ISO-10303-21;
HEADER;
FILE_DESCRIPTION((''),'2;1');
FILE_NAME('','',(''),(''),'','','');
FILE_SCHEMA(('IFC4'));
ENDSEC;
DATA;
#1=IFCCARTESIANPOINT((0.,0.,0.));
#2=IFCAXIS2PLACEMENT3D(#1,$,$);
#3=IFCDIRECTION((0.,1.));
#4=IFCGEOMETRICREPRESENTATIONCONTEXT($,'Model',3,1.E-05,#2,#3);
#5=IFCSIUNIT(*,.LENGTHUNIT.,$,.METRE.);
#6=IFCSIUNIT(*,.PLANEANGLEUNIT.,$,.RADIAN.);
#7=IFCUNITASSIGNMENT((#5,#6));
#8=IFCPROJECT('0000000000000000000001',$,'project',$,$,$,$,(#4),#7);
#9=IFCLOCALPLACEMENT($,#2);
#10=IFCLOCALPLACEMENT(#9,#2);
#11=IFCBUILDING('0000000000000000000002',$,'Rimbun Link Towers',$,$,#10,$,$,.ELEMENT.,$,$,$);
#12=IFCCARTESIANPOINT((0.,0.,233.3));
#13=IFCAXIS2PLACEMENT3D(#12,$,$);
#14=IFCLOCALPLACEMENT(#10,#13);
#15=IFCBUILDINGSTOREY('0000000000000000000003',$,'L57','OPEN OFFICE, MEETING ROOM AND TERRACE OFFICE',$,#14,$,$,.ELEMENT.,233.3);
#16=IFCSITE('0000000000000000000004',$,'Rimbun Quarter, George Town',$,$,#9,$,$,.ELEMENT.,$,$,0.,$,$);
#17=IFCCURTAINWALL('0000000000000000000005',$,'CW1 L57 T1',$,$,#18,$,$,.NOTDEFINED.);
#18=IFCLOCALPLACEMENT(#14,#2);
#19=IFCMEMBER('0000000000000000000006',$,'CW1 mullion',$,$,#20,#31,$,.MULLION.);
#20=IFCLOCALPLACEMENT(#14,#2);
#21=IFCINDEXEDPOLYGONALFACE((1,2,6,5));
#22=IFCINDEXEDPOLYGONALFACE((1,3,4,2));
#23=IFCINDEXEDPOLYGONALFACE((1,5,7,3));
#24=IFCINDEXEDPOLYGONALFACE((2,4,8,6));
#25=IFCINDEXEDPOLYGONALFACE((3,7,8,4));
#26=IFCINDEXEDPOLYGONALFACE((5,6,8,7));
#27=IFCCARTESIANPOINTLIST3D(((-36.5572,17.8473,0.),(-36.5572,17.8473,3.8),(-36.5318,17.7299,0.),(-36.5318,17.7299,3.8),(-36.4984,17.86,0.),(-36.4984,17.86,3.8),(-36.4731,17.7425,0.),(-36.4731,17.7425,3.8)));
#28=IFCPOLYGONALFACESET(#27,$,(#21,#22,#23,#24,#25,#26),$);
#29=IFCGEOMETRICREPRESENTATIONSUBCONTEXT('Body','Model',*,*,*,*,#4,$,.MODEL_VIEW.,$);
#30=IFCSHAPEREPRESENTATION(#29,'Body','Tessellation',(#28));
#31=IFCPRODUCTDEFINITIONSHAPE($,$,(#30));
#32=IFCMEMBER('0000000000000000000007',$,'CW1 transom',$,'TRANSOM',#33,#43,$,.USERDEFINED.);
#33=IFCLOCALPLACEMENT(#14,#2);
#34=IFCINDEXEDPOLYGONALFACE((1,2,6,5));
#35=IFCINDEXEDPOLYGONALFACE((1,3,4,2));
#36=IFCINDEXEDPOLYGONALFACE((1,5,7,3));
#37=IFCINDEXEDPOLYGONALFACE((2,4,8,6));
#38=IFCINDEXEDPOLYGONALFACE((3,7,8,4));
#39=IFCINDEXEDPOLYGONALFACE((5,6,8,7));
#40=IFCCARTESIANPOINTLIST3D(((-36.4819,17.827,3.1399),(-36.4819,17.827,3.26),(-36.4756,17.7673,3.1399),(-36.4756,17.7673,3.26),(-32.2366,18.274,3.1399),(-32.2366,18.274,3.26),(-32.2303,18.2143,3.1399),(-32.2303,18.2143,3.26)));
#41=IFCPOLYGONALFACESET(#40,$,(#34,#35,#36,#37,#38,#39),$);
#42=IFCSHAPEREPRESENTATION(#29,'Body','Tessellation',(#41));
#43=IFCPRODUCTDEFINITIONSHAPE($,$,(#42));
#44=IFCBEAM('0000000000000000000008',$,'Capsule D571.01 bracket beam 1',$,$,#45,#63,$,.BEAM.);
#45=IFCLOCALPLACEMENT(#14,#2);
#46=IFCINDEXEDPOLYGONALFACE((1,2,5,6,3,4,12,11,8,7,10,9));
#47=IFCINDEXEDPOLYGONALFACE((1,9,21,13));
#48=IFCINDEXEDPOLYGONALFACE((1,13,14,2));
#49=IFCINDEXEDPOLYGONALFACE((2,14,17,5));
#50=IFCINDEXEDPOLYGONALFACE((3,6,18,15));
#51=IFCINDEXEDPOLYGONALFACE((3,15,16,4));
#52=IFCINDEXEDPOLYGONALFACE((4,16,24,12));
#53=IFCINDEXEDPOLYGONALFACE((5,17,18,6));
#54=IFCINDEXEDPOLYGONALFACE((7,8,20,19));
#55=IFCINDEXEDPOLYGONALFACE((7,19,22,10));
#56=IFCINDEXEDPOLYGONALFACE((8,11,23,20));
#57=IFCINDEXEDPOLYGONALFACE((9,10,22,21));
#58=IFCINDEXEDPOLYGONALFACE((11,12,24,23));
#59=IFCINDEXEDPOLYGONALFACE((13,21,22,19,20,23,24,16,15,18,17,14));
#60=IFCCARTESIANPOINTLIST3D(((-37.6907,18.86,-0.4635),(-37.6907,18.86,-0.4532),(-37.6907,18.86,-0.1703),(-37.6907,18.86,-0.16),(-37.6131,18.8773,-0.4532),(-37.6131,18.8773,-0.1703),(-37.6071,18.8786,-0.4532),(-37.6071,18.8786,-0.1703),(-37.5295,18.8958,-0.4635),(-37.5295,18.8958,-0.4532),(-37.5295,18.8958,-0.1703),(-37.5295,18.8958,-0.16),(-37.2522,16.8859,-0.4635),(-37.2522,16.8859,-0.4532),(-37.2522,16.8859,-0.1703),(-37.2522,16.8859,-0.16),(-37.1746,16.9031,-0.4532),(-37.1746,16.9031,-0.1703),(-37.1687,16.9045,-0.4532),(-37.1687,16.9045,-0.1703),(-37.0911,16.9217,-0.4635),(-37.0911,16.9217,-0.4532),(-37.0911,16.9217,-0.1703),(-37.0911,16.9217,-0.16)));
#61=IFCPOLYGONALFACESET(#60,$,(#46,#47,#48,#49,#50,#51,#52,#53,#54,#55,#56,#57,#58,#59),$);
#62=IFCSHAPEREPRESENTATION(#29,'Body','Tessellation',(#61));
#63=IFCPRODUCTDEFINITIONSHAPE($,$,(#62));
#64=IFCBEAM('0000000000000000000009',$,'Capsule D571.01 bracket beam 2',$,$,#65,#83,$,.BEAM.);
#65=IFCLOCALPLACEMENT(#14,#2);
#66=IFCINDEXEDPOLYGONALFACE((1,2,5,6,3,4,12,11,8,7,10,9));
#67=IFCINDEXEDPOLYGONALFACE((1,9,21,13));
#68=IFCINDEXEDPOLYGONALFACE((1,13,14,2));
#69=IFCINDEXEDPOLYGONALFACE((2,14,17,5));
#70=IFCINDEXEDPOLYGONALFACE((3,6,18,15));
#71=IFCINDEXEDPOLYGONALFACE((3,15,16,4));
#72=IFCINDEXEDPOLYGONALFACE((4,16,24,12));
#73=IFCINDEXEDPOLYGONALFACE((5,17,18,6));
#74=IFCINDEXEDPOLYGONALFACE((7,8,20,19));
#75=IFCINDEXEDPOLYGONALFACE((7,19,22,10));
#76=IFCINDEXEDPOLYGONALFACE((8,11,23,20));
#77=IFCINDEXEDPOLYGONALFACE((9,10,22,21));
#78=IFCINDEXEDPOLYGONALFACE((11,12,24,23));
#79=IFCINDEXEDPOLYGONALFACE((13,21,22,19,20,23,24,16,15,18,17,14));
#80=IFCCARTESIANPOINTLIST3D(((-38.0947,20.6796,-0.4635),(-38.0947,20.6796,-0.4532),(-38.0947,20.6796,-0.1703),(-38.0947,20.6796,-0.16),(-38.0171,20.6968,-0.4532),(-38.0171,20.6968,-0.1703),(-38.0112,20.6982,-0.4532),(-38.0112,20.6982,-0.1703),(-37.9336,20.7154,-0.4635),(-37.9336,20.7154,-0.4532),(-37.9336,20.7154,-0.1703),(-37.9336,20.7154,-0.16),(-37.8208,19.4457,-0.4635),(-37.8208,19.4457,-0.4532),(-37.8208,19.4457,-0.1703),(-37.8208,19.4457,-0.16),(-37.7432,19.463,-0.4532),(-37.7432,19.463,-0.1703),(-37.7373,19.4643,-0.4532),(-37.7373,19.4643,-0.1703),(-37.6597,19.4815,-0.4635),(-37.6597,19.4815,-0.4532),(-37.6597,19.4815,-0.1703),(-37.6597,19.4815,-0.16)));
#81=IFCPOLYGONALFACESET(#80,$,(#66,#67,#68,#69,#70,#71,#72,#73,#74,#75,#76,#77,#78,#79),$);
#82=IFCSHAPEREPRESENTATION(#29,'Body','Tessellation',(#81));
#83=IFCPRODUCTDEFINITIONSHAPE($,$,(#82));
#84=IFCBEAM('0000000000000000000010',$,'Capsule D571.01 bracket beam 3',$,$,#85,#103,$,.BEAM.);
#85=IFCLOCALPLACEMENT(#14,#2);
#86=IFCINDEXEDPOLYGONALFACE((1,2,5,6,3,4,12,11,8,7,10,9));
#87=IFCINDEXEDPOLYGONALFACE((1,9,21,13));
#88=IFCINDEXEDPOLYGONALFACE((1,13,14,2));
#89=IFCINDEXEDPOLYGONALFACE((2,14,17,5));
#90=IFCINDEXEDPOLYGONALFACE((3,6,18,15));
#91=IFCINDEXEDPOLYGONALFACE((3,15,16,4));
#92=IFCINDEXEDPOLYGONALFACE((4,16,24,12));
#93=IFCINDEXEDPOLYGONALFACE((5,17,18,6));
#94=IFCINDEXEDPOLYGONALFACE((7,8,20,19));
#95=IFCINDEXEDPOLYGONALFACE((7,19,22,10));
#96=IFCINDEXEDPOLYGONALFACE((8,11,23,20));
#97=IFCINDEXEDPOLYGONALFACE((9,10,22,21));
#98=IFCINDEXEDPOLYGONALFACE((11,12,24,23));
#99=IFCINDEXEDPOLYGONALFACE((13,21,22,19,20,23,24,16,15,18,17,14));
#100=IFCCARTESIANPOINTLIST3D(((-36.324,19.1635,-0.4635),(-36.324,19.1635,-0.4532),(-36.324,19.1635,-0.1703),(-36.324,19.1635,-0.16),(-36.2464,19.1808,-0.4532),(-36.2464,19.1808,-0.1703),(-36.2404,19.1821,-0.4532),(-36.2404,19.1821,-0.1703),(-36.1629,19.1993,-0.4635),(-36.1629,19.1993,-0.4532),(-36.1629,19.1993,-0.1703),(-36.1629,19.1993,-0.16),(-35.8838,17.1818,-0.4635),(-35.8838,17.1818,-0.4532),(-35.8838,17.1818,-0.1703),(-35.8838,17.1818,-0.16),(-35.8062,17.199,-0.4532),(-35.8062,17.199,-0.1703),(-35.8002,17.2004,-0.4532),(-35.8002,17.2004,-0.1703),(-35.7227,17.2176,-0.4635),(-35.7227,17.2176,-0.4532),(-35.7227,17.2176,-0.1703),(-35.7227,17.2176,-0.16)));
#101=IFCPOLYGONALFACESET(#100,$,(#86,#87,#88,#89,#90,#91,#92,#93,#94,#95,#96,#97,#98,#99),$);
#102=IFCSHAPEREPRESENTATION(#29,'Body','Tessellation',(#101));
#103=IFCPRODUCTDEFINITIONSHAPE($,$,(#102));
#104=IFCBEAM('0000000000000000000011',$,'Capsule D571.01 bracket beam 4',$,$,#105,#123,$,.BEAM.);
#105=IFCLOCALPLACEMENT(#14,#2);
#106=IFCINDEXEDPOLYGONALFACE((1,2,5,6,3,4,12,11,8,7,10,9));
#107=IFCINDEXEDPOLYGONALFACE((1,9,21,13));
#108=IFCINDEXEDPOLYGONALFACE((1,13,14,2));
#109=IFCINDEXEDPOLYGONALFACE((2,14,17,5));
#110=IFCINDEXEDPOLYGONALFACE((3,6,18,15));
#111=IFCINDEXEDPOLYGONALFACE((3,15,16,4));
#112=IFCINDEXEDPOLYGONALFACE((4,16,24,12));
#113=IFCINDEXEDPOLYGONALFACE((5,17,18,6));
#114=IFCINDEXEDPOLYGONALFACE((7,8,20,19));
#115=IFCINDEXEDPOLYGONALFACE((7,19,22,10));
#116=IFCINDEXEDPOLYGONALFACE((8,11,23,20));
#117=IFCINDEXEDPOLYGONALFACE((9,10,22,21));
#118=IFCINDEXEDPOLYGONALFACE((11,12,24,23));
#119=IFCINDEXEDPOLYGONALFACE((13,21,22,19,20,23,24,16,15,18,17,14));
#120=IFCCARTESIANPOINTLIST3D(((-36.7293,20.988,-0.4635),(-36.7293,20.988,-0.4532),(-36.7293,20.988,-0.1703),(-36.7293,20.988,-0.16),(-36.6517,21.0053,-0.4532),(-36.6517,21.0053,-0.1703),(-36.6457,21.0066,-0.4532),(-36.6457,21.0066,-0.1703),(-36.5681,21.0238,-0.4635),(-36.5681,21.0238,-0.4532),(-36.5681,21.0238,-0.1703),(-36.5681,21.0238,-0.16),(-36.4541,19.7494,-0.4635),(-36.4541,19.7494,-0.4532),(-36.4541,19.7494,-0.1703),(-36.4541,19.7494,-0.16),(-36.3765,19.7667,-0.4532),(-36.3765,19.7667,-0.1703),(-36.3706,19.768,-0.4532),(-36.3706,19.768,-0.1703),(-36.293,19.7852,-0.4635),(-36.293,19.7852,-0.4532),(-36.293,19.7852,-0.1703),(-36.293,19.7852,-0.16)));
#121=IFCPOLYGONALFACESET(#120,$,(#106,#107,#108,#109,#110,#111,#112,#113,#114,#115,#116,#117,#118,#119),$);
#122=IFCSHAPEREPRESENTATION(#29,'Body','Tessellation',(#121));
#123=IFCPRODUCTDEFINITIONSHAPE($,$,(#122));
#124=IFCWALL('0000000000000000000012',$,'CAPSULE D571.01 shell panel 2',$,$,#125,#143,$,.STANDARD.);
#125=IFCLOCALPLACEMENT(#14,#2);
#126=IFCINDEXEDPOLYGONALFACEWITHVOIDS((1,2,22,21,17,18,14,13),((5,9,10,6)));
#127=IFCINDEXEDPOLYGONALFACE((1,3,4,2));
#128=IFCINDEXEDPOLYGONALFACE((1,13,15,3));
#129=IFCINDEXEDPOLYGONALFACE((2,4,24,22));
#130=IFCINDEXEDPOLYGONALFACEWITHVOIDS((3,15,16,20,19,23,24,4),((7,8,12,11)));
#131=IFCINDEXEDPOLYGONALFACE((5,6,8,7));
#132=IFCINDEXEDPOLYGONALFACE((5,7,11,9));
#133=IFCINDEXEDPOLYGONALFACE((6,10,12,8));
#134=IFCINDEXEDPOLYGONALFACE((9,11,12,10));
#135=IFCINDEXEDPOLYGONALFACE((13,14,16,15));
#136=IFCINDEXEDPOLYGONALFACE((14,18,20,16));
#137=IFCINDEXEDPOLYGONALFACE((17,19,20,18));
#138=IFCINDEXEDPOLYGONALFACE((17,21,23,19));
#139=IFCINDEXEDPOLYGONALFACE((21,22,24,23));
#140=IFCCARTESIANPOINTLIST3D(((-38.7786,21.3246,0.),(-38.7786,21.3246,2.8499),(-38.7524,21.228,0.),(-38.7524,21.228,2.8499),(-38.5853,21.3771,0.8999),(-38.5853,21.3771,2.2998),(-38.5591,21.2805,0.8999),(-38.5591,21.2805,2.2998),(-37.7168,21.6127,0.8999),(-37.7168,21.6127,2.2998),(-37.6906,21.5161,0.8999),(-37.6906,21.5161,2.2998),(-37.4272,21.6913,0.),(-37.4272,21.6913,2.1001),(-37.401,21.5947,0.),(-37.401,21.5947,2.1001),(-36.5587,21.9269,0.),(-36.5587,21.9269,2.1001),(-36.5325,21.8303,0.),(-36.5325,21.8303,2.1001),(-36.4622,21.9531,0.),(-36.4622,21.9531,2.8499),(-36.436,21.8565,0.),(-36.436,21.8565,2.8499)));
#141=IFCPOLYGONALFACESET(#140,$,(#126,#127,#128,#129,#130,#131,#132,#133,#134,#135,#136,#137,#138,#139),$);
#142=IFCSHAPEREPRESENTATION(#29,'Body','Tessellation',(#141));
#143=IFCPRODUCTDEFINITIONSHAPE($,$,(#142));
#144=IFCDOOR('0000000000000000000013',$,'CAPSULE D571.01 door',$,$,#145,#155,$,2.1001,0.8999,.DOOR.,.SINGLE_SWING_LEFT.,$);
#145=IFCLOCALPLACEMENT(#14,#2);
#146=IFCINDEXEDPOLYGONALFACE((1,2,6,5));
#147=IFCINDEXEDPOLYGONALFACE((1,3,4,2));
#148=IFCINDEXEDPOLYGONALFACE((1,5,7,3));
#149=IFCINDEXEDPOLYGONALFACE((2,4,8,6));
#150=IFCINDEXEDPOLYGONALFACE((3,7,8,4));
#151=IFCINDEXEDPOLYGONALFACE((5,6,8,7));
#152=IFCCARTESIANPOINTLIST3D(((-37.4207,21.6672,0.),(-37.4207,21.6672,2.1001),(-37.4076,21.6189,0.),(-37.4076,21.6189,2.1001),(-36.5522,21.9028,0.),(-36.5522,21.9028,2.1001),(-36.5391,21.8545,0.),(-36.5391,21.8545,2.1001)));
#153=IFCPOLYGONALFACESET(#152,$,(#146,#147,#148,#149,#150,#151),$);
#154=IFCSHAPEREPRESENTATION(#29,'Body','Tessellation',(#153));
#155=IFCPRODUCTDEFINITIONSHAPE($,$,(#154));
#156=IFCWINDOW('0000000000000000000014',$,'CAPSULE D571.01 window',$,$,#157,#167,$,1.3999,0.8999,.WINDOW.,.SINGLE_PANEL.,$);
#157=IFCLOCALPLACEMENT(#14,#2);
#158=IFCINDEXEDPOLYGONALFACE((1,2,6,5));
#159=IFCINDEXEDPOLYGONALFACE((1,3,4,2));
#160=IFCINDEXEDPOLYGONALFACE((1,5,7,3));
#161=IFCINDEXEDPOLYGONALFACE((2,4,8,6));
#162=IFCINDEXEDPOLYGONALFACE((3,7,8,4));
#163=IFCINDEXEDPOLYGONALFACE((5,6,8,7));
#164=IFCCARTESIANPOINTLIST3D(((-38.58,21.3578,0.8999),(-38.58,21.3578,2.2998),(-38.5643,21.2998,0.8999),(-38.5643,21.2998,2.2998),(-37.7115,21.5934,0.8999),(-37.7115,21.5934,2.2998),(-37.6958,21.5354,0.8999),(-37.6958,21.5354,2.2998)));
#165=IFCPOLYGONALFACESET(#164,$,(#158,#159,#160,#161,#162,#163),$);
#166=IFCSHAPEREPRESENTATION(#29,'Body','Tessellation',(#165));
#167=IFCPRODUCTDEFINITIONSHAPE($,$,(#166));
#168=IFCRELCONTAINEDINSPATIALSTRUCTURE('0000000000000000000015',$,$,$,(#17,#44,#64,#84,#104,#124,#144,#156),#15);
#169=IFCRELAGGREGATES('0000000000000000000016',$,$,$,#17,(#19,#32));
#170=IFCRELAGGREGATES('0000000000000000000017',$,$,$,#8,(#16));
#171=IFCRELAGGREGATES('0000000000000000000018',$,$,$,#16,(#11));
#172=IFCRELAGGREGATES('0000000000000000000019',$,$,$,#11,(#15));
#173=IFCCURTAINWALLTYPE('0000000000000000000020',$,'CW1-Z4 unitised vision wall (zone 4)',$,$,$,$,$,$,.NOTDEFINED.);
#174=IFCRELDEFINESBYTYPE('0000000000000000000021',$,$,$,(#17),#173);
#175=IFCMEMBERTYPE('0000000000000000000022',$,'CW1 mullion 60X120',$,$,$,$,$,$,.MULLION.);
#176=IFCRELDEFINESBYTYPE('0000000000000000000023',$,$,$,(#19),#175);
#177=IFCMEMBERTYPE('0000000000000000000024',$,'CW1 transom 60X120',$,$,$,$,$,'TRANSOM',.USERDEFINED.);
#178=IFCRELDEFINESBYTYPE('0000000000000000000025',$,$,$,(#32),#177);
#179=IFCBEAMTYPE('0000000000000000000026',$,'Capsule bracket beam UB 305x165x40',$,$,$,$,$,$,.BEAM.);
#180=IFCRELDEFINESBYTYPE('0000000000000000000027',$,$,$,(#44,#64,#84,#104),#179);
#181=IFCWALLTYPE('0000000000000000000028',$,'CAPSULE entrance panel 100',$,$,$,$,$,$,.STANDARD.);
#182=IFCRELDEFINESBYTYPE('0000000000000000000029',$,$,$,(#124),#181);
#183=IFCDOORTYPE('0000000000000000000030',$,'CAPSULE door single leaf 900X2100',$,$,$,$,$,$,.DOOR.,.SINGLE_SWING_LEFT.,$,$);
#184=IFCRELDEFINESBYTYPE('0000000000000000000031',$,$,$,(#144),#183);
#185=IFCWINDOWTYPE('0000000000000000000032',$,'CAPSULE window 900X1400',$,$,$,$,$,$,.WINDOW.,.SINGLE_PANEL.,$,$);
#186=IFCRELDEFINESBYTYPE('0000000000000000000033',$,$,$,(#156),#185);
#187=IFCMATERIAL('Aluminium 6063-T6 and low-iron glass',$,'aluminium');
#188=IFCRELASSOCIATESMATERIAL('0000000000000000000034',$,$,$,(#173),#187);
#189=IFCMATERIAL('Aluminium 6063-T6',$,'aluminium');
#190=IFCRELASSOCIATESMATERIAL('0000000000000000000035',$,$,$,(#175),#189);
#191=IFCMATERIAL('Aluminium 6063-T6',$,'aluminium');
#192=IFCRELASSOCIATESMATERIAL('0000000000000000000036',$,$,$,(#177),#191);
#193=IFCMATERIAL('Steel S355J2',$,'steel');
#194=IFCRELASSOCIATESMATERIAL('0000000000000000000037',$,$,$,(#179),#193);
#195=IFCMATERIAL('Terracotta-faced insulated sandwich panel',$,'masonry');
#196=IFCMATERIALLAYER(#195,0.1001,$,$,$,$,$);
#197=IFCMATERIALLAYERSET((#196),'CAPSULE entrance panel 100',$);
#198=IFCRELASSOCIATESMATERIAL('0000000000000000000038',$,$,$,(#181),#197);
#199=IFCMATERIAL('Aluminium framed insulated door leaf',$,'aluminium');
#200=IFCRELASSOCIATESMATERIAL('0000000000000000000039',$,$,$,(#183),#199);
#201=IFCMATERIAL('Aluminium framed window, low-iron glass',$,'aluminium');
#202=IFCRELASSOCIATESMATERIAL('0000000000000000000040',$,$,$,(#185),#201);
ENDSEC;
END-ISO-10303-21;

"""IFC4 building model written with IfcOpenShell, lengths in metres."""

from ifc_helpers import new_model, si_unit, direction, frame, frame_2d, origin, origin_2d, place, context, subcontext, project, spatial, rectangle, i_section, extrude, material, layer, layer_set, material_profile, profile_set, type_object, element, fill, aggregate, save


model = new_model("IFC4")

# Units and contexts
model_context = context("Model", 3, precision=1e-05, world=origin(), true_north=direction((0.0, 1.0)))
body_context = subcontext(model_context, "Body", "Model", "MODEL_VIEW")
ifc_project = project(units=[si_unit("LENGTHUNIT", "METRE"), si_unit("PLANEANGLEUNIT", "RADIAN")], contexts=[model_context])

# Site, building, storey
site_placement = place(None, origin())
site = spatial("IfcSite", under=ifc_project, at=site_placement, Name="Rimbun Quarter, George Town", CompositionType="ELEMENT", RefElevation=0.0)
building_placement = place(site_placement, origin())
building = spatial("IfcBuilding", under=site, at=building_placement, Name="Rimbun Link Towers", CompositionType="ELEMENT")
storey_placement = place(building_placement, frame((0.0, 0.0, 233.3)))
storey = spatial("IfcBuildingStorey", under=building, at=storey_placement, Name="L57", Description="OPEN OFFICE, MEETING ROOM AND TERRACE OFFICE", CompositionType="ELEMENT", Elevation=233.3)

# Curtain wall, members
ifc_material_1 = material(Name="Aluminium 6063-T6 and low-iron glass", Category="aluminium")
curtain_wall_type = type_object("IfcCurtainWallType", Name="CW1-Z4 unitised vision wall (zone 4)", PredefinedType="NOTDEFINED", material=ifc_material_1)
curtain_wall_placement = place(storey_placement, origin())
curtain_wall = element("IfcCurtainWall", 1, at=curtain_wall_placement, inside=storey, type_object=curtain_wall_type, Name="CW1 L57 T1", PredefinedType="NOTDEFINED")
ifc_material_2 = material(Name="Aluminium 6063-T6", Category="aluminium")
ifc_material_profile_1 = material_profile(ifc_material_2, rectangle(XDim=0.1201, YDim=0.0601, at=origin_2d()), Name="MULLION 60X120")
ifc_profile_set_1 = profile_set([ifc_material_profile_1], Name="Aluminium 6063-T6")
member_type_1 = type_object("IfcMemberType", Name="CW1 mullion 60X120", PredefinedType="MULLION", material=ifc_profile_set_1)
member_1_placement = place(storey_placement, frame((-36.5151, 17.7949, 0.0), z_axis=(0.0, 0.0, 1.0), x_axis=(-0.210871, 0.977514, 0.0)))
member_1 = element("IfcMember", 2, at=member_1_placement, type_object=member_type_1, Name="CW1 mullion", PredefinedType="MULLION", context=body_context, shape_type="SweptSolid", body=[
    extrude(rectangle(XDim=0.1201, YDim=0.0601, at=origin_2d()), origin(), (0.0, 0.0, 1.0), 3.8),
])
ifc_material_3 = material(Name="Aluminium 6063-T6", Category="aluminium")
ifc_material_profile_2 = material_profile(ifc_material_3, rectangle(XDim=0.0601, YDim=0.1201, at=origin_2d()), Name="TRANSOM 60X120")
ifc_profile_set_2 = profile_set([ifc_material_profile_2], Name="Aluminium 6063-T6")
member_type_2 = type_object("IfcMemberType", Name="CW1 transom 60X120", ElementType="TRANSOM", PredefinedType="USERDEFINED", material=ifc_profile_set_2)
member_2_placement = place(storey_placement, frame((-36.4788, 17.7971, 3.2), z_axis=(0.994502, 0.104718, 0.0), x_axis=(-0.104718, 0.994502, 0.0)))
member_2 = element("IfcMember", 3, at=member_2_placement, type_object=member_type_2, Name="CW1 transom", ObjectType="TRANSOM", PredefinedType="USERDEFINED", context=body_context, shape_type="SweptSolid", body=[
    extrude(rectangle(XDim=0.0601, YDim=0.1201, at=origin_2d()), origin(), (0.0, 0.0, 1.0), 4.2688),
])
aggregate(curtain_wall, [member_1, member_2])

# Beams
ifc_material_4 = material(Name="Steel S355J2", Category="steel")
ifc_material_profile_3 = material_profile(ifc_material_4, i_section(OverallWidth=0.165, OverallDepth=0.3035, WebThickness=0.0061, FlangeThickness=0.0103, at=origin_2d()), Name="UB 305x165x40")
ifc_profile_set_3 = profile_set([ifc_material_profile_3], Name="Steel S355J2")
beam_type = type_object("IfcBeamType", Name="Capsule bracket beam UB 305x165x40", PredefinedType="BEAM", material=ifc_profile_set_3)
beam_1_placement = place(storey_placement, frame((-37.1716, 16.9038, -0.3118), z_axis=(-0.216828, 0.97621, 0.0), x_axis=(-0.97621, -0.216828, 0.0)))
element("IfcBeam", 4, at=beam_1_placement, inside=storey, type_object=beam_type, Name="Capsule D571.01 bracket beam 1", PredefinedType="BEAM", context=body_context, shape_type="SweptSolid", body=[
    extrude(i_section(OverallWidth=0.165, OverallDepth=0.3035, WebThickness=0.0061, FlangeThickness=0.0103, at=origin_2d()), origin(), (0.0, 0.0, 1.0), 2.0222),
])
beam_2_placement = place(storey_placement, frame((-37.7402, 19.4636, -0.3118), z_axis=(-0.216726, 0.976232, 0.0), x_axis=(-0.976232, -0.216726, 0.0)))
element("IfcBeam", 5, at=beam_2_placement, inside=storey, type_object=beam_type, Name="Capsule D571.01 bracket beam 2", PredefinedType="BEAM", context=body_context, shape_type="SweptSolid", body=[
    extrude(i_section(OverallWidth=0.165, OverallDepth=0.3035, WebThickness=0.0061, FlangeThickness=0.0103, at=origin_2d()), origin(), (0.0, 0.0, 1.0), 1.2639),
])
beam_3_placement = place(storey_placement, frame((-35.8032, 17.1997, -0.3118), z_axis=(-0.216841, 0.976207, 0.0), x_axis=(-0.976207, -0.216841, 0.0)))
element("IfcBeam", 6, at=beam_3_placement, inside=storey, type_object=beam_type, Name="Capsule D571.01 bracket beam 3", PredefinedType="BEAM", context=body_context, shape_type="SweptSolid", body=[
    extrude(i_section(OverallWidth=0.165, OverallDepth=0.3035, WebThickness=0.0061, FlangeThickness=0.0103, at=origin_2d()), origin(), (0.0, 0.0, 1.0), 2.03),
])
beam_4_placement = place(storey_placement, frame((-36.3735, 19.7673, -0.3118), z_axis=(-0.216869, 0.976201, 0.0), x_axis=(-0.976201, -0.216869, 0.0)))
element("IfcBeam", 7, at=beam_4_placement, inside=storey, type_object=beam_type, Name="Capsule D571.01 bracket beam 4", PredefinedType="BEAM", context=body_context, shape_type="SweptSolid", body=[
    extrude(i_section(OverallWidth=0.165, OverallDepth=0.3035, WebThickness=0.0061, FlangeThickness=0.0103, at=origin_2d()), origin(), (0.0, 0.0, 1.0), 1.2688),
])

# Wall, openings, door, window
ifc_material_5 = material(Name="Terracotta-faced insulated sandwich panel", Category="masonry")
ifc_layer_1 = layer(ifc_material_5, 0.1001)
ifc_layer_set_1 = layer_set([ifc_layer_1], Name="CAPSULE entrance panel 100")
wall_type_1 = type_object("IfcWallType", Name="CAPSULE entrance panel 100", PredefinedType="STANDARD", material=ifc_layer_set_1)
wall_1_placement = place(storey_placement, frame((-36.449, 21.9048, 0.0), z_axis=(0.0, 0.0, 1.0), x_axis=(-0.965115, -0.261826, 0.0)))
wall_1 = element("IfcWall", 8, at=wall_1_placement, inside=storey, type_object=wall_type_1, Name="CAPSULE D571.01 shell panel 2", PredefinedType="STANDARD", context=body_context, shape_type="SweptSolid", body=[
    extrude(rectangle(XDim=2.4001, YDim=0.1001, at=frame_2d((1.2002, 0.0))), origin(), (0.0, 0.0, 1.0), 2.8499),
])
opening_1_placement = place(wall_1_placement, frame((0.1001, 0.0, 0.0)))
opening_1 = element("IfcOpeningElement", 9, at=opening_1_placement, cuts=wall_1, PredefinedType="OPENING", context=body_context, shape_type="SweptSolid", body=[
    extrude(rectangle(XDim=0.8999, YDim=2.1001, at=frame_2d((0.45, 1.05))), frame((0.0, 0.0601, 0.0), z_axis=(0.0, -1.0, 0.0), x_axis=(1.0, 0.0, 0.0)), (0.0, 0.0, 1.0), 0.1201),
])
opening_2_placement = place(wall_1_placement, frame((1.3, 0.0, 0.8999)))
opening_2 = element("IfcOpeningElement", 10, at=opening_2_placement, cuts=wall_1, PredefinedType="OPENING", context=body_context, shape_type="SweptSolid", body=[
    extrude(rectangle(XDim=0.8999, YDim=1.3999, at=frame_2d((0.45, 0.7))), frame((0.0, 0.0601, 0.0), z_axis=(0.0, -1.0, 0.0), x_axis=(1.0, 0.0, 0.0)), (0.0, 0.0, 1.0), 0.1201),
])
ifc_material_6 = material(Name="Aluminium framed insulated door leaf", Category="aluminium")
door_type = type_object("IfcDoorType", Name="CAPSULE door single leaf 900X2100", OperationType="SINGLE_SWING_LEFT", PredefinedType="DOOR", material=ifc_material_6)
door_1_placement = place(opening_1_placement, origin())
door_1 = element("IfcDoor", 11, at=door_1_placement, inside=storey, type_object=door_type, Name="CAPSULE D571.01 door", OperationType="SINGLE_SWING_LEFT", OverallHeight=2.1001, OverallWidth=0.8999, PredefinedType="DOOR", context=body_context, shape_type="SweptSolid", body=[
    extrude(rectangle(XDim=0.8999, YDim=2.1001, at=frame_2d((0.45, 1.05))), frame((0.0, 0.0249, 0.0), z_axis=(0.0, -1.0, 0.0), x_axis=(1.0, 0.0, 0.0)), (0.0, 0.0, 1.0), 0.05),
])
fill(opening_1, door_1)
ifc_material_7 = material(Name="Aluminium framed window, low-iron glass", Category="aluminium")
window_type = type_object("IfcWindowType", Name="CAPSULE window 900X1400", PartitioningType="SINGLE_PANEL", PredefinedType="WINDOW", material=ifc_material_7)
window_placement = place(opening_2_placement, origin())
window = element("IfcWindow", 12, at=window_placement, inside=storey, type_object=window_type, Name="CAPSULE D571.01 window", OverallHeight=1.3999, OverallWidth=0.8999, PartitioningType="SINGLE_PANEL", PredefinedType="WINDOW", context=body_context, shape_type="SweptSolid", body=[
    extrude(rectangle(XDim=0.8999, YDim=1.3999, at=frame_2d((0.45, 0.7))), frame((0.0, 0.03, 0.0), z_axis=(0.0, -1.0, 0.0), x_axis=(1.0, 0.0, 0.0)), (0.0, 0.0, 1.0), 0.0601),
])
fill(opening_2, window)

save(model, "model.ifc")
